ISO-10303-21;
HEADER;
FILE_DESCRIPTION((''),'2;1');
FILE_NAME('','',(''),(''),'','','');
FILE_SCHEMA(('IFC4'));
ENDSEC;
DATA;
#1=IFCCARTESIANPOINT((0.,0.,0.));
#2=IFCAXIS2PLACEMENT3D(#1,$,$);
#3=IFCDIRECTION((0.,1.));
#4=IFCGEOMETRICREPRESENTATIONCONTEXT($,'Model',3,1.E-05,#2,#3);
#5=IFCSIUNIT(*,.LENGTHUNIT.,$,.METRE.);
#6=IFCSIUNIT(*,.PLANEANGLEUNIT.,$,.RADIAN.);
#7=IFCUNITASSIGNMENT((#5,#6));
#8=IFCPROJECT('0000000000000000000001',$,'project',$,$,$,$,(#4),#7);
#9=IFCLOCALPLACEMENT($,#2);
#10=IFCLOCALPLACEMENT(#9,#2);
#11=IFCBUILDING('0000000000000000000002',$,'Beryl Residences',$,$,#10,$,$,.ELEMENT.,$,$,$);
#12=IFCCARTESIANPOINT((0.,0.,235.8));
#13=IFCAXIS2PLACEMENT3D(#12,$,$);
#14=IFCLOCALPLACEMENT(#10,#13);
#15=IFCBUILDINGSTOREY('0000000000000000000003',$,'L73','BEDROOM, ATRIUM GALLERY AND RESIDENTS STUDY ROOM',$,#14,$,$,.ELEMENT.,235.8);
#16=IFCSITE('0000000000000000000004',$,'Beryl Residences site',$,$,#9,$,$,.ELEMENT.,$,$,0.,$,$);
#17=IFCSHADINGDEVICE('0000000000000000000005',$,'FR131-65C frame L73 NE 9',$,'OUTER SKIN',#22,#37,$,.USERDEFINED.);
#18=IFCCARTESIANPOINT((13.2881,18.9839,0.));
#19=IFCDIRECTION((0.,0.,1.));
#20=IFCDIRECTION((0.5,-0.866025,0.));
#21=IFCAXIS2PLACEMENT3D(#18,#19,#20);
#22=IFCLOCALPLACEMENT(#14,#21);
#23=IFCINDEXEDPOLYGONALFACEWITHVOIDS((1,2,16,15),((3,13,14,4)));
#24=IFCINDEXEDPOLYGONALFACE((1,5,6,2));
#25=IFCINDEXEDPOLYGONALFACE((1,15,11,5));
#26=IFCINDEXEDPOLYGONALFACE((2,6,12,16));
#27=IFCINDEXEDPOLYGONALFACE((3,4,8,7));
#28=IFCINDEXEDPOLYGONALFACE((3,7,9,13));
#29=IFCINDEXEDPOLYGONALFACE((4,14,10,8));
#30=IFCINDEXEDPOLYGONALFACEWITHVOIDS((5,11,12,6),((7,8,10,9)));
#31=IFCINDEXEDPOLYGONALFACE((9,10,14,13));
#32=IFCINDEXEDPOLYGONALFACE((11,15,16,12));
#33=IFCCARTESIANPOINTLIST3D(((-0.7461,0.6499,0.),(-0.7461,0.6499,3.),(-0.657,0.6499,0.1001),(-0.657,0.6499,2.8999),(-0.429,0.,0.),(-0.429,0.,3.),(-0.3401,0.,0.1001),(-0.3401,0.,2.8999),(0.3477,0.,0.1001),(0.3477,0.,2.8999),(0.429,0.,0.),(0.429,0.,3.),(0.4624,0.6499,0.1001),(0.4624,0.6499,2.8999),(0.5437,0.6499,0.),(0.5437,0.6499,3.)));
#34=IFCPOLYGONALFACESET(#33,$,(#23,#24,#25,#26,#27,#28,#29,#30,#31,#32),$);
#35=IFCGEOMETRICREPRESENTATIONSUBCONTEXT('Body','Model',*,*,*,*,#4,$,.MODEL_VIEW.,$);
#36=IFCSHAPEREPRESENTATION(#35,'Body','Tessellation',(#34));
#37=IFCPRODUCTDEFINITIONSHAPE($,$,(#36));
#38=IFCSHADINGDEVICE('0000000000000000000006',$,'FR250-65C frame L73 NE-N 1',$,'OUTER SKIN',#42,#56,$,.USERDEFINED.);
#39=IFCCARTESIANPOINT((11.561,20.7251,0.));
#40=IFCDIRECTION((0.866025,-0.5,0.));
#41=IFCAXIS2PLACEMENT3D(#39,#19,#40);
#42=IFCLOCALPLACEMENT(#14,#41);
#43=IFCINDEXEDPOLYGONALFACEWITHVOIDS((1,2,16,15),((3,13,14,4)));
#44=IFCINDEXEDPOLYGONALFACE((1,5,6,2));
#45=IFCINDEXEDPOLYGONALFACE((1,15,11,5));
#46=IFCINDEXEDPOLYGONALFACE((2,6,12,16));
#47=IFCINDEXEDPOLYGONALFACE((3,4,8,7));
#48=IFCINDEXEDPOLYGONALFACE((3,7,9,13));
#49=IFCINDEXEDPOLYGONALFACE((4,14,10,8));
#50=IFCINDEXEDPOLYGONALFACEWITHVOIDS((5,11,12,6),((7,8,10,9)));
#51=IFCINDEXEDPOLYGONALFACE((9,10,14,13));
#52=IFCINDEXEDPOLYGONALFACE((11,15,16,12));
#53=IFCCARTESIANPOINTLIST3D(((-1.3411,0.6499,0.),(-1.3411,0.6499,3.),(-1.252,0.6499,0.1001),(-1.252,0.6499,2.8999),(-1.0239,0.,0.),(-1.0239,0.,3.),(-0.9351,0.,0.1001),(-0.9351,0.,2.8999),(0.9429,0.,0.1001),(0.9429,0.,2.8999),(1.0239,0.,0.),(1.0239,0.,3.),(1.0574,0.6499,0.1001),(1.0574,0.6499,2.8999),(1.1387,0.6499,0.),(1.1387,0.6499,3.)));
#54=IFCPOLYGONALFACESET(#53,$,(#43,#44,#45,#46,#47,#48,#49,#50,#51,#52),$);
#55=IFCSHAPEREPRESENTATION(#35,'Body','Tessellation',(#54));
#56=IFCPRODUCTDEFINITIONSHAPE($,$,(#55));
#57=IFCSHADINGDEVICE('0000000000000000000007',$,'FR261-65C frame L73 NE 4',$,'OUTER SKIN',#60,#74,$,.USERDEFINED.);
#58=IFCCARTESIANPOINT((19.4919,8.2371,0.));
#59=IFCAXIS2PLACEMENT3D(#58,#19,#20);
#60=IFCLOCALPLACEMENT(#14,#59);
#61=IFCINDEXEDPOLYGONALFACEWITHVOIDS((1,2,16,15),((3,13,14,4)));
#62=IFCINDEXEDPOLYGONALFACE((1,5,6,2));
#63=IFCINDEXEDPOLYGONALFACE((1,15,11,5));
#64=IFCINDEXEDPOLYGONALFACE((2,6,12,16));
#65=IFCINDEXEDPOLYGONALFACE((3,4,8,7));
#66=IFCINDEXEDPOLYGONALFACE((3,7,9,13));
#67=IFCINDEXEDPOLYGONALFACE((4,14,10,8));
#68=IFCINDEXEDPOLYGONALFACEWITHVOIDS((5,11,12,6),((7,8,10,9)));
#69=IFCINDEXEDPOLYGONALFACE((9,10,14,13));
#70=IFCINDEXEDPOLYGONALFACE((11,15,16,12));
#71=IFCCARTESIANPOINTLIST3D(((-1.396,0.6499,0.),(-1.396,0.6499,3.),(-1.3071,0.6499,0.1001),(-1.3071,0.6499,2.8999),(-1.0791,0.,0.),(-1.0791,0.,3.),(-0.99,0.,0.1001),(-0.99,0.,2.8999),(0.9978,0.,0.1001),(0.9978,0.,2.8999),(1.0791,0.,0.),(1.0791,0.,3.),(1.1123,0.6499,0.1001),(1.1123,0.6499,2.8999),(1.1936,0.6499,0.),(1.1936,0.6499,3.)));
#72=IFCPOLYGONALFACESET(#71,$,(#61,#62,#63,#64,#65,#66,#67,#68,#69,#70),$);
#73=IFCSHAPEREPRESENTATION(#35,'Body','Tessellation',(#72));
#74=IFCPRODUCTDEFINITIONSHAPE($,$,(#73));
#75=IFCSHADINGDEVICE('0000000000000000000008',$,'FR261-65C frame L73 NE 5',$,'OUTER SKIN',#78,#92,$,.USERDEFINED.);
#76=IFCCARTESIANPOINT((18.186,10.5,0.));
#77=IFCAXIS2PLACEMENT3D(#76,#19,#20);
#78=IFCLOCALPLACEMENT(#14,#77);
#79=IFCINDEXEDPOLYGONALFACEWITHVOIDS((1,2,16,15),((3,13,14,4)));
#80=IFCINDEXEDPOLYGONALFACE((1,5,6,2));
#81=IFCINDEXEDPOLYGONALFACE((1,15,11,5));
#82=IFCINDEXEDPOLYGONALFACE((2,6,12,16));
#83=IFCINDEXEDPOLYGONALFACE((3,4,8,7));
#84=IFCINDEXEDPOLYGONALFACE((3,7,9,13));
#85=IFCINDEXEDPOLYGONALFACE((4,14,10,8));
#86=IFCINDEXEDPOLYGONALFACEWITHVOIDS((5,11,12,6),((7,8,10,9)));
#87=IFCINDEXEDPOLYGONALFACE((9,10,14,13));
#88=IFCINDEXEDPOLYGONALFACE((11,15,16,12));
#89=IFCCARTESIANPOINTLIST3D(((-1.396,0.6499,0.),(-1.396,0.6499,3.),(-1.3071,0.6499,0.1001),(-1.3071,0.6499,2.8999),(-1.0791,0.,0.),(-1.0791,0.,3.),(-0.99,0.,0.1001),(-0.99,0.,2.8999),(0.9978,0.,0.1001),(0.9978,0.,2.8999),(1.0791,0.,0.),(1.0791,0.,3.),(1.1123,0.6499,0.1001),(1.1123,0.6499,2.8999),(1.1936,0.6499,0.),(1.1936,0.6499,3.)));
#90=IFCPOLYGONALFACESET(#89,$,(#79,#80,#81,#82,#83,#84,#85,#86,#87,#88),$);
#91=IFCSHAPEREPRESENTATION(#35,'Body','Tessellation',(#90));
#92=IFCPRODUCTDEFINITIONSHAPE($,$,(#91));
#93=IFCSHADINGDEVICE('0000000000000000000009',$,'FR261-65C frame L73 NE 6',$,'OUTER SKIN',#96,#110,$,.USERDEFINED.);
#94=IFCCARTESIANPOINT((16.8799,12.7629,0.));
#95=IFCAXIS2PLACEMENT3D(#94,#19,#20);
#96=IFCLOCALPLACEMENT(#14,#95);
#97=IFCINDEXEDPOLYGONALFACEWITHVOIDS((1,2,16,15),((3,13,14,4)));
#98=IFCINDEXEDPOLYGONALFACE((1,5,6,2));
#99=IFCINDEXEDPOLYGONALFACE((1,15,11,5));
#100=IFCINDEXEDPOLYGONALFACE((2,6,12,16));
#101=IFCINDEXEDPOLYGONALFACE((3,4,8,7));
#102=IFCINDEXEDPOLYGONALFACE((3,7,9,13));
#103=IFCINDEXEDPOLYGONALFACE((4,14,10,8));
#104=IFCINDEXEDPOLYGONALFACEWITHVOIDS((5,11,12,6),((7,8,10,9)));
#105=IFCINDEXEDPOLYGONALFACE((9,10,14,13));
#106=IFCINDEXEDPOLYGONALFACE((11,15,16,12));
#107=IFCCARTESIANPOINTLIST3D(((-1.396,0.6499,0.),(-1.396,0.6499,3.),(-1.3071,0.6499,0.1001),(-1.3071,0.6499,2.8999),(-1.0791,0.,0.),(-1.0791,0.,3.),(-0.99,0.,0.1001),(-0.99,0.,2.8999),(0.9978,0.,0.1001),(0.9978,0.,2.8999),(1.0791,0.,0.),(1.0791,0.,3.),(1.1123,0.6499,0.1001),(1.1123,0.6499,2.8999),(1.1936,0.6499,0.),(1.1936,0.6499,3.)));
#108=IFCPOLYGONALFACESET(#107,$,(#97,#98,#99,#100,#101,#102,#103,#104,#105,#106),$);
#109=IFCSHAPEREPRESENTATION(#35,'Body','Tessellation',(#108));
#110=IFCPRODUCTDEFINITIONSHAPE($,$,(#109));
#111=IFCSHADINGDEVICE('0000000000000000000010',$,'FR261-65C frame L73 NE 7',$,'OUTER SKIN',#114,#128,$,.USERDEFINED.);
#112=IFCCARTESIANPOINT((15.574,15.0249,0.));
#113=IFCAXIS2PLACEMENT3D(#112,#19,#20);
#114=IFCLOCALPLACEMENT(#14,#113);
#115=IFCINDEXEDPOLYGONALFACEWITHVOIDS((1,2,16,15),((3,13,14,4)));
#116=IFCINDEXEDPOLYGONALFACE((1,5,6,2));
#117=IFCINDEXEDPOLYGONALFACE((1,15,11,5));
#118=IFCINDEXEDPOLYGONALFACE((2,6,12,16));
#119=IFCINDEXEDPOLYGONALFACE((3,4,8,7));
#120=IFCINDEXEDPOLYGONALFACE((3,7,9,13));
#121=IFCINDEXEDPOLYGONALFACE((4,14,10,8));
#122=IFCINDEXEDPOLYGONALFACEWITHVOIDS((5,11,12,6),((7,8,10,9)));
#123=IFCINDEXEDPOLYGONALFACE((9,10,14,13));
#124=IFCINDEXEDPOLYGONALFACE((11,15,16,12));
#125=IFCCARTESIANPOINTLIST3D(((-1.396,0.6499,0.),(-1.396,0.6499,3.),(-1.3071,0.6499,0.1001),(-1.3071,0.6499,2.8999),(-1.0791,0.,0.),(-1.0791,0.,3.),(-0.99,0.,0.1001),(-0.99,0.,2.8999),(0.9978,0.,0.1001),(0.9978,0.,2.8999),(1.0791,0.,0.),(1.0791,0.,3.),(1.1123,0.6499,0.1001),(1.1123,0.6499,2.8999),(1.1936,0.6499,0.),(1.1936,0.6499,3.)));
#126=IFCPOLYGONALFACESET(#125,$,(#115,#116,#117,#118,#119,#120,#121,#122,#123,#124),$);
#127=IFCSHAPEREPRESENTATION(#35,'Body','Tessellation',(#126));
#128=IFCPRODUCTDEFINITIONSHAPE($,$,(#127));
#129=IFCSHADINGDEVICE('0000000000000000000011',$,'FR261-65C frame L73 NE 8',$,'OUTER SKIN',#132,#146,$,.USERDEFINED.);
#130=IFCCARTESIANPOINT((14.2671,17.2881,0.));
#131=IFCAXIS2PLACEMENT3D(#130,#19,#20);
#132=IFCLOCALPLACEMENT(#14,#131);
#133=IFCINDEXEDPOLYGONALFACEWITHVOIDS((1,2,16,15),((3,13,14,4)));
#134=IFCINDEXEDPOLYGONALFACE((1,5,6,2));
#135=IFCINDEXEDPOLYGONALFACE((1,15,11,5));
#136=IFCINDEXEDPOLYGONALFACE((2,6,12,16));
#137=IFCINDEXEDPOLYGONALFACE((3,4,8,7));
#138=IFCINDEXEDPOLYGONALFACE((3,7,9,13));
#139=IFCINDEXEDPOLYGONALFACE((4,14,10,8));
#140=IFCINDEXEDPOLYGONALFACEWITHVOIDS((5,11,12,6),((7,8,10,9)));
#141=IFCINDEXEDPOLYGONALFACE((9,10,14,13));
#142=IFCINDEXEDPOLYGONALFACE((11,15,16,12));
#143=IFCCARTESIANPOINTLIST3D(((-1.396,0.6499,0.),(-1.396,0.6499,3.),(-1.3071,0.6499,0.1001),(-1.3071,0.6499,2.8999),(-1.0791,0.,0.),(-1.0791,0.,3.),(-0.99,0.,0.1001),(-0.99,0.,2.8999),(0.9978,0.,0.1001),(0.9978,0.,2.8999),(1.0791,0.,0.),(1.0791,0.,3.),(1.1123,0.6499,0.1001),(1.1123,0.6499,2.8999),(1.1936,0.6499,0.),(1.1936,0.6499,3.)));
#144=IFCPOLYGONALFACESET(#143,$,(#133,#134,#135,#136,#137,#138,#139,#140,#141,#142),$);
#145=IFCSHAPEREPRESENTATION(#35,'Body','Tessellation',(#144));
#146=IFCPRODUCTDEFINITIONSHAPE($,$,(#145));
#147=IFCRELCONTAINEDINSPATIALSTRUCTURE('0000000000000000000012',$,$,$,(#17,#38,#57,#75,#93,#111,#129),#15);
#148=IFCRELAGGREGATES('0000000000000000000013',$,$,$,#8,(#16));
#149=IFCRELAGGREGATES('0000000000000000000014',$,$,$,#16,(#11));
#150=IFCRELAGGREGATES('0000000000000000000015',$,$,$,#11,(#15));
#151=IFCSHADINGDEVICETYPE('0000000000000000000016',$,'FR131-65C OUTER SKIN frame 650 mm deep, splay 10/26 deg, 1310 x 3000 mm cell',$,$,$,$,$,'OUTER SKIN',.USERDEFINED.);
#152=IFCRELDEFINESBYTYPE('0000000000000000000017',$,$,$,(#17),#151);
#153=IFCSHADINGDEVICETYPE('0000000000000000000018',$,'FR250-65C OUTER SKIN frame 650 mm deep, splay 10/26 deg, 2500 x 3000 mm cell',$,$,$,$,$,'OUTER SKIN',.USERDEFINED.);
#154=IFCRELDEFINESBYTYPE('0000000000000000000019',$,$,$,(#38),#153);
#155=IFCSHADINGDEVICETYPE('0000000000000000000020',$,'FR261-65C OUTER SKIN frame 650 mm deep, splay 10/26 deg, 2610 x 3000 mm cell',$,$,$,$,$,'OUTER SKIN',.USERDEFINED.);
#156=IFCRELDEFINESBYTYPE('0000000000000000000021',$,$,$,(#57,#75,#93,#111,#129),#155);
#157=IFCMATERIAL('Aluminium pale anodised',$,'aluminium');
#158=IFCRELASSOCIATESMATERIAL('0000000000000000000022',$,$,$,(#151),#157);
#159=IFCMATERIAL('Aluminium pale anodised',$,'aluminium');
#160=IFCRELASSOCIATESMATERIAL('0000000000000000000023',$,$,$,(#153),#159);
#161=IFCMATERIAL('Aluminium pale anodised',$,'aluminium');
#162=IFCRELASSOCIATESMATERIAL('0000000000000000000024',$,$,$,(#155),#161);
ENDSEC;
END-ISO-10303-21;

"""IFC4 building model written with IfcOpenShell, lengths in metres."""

from ifc_helpers import new_model, entity, si_unit, direction, frame, origin, place, context, subcontext, project, spatial, source, transform, mapped, material, type_object, type_shapes, element, save


model = new_model("IFC4")

# Units and contexts
model_context = context("Model", 3, precision=1e-05, world=origin(), true_north=direction((0.0, 1.0)))
body_context = subcontext(model_context, "Body", "Model", "MODEL_VIEW")
ifc_project = project(units=[si_unit("LENGTHUNIT", "METRE"), si_unit("PLANEANGLEUNIT", "RADIAN")], contexts=[model_context])

# Site, building, storey
site_placement = place(None, origin())
site = spatial("IfcSite", under=ifc_project, at=site_placement, Name="Beryl Residences site", CompositionType="ELEMENT", RefElevation=0.0)
building_placement = place(site_placement, origin())
building = spatial("IfcBuilding", under=site, at=building_placement, Name="Beryl Residences", CompositionType="ELEMENT")
storey_placement = place(building_placement, frame((0.0, 0.0, 235.8)))
storey = spatial("IfcBuildingStorey", under=building, at=storey_placement, Name="L73", Description="BEDROOM, ATRIUM GALLERY AND RESIDENTS STUDY ROOM", CompositionType="ELEMENT", Elevation=235.8)

# Shading devices
ifc_material_1 = material(Name="Aluminium pale anodised", Category="aluminium")
shading_device_type_1 = type_object("IfcShadingDeviceType", Name="FR131-65C OUTER SKIN frame 650 mm deep, splay 10/26 deg, 1310 x 3000 mm cell", ElementType="OUTER SKIN", PredefinedType="USERDEFINED", material=ifc_material_1)
cartesian_point_1 = entity("IfcCartesianPoint", [-0.429, 0.0])
cartesian_point_2 = entity("IfcCartesianPoint", [-0.3477, 0.1001])
cartesian_point_3 = entity("IfcCartesianPoint", [-0.5437, 0.0])
cartesian_point_4 = entity("IfcCartesianPoint", [-0.4624, 0.1001])
shared_shape_1 = source(origin(), body_context, "Body", "SweptSolid", [
    entity("IfcExtrudedAreaSolidTapered", entity("IfcArbitraryProfileDefWithVoids", "AREA", None, entity("IfcPolyline", [cartesian_point_1, entity("IfcCartesianPoint", [0.429, 0.0]), entity("IfcCartesianPoint", [0.429, 3.0]), entity("IfcCartesianPoint", [-0.429, 3.0]), cartesian_point_1]), [entity("IfcPolyline", [cartesian_point_2, entity("IfcCartesianPoint", [0.3401, 0.1001]), entity("IfcCartesianPoint", [0.3401, 2.8999]), entity("IfcCartesianPoint", [-0.3477, 2.8999]), cartesian_point_2])]), entity("IfcAxis2Placement3D", entity("IfcCartesianPoint", [0.0, 0.0, 0.0]), entity("IfcDirection", [0.0, 1.0, 0.0]), entity("IfcDirection", [-1.0, 0.0, 0.0])), entity("IfcDirection", [0.0, 0.0, 1.0]), 0.6499, entity("IfcArbitraryProfileDefWithVoids", "AREA", None, entity("IfcPolyline", [cartesian_point_3, entity("IfcCartesianPoint", [0.7461, 0.0]), entity("IfcCartesianPoint", [0.7461, 3.0]), entity("IfcCartesianPoint", [-0.5437, 3.0]), cartesian_point_3]), [entity("IfcPolyline", [cartesian_point_4, entity("IfcCartesianPoint", [0.657, 0.1001]), entity("IfcCartesianPoint", [0.657, 2.8999]), entity("IfcCartesianPoint", [-0.4624, 2.8999]), cartesian_point_4])])),
])
type_shapes(shading_device_type_1, [shared_shape_1])
shading_device_1_placement = place(storey_placement, frame((13.2881, 18.9839, 0.0), z_axis=(0.0, 0.0, 1.0), x_axis=(0.5, -0.866025, 0.0)))
element("IfcShadingDevice", 1, at=shading_device_1_placement, inside=storey, type_object=shading_device_type_1, Name="FR131-65C frame L73 NE 9", ObjectType="OUTER SKIN", PredefinedType="USERDEFINED", context=body_context, shape_type="MappedRepresentation", body=[
    mapped(shared_shape_1, transform((0.0, 0.0, 0.0))),
])
ifc_material_2 = material(Name="Aluminium pale anodised", Category="aluminium")
shading_device_type_2 = type_object("IfcShadingDeviceType", Name="FR250-65C OUTER SKIN frame 650 mm deep, splay 10/26 deg, 2500 x 3000 mm cell", ElementType="OUTER SKIN", PredefinedType="USERDEFINED", material=ifc_material_2)
cartesian_point_5 = entity("IfcCartesianPoint", [-1.0239, 0.0])
cartesian_point_6 = entity("IfcCartesianPoint", [-0.9429, 0.1001])
cartesian_point_7 = entity("IfcCartesianPoint", [-1.1387, 0.0])
cartesian_point_8 = entity("IfcCartesianPoint", [-1.0574, 0.1001])
shared_shape_2 = source(origin(), body_context, "Body", "SweptSolid", [
    entity("IfcExtrudedAreaSolidTapered", entity("IfcArbitraryProfileDefWithVoids", "AREA", None, entity("IfcPolyline", [cartesian_point_5, entity("IfcCartesianPoint", [1.0239, 0.0]), entity("IfcCartesianPoint", [1.0239, 3.0]), entity("IfcCartesianPoint", [-1.0239, 3.0]), cartesian_point_5]), [entity("IfcPolyline", [cartesian_point_6, entity("IfcCartesianPoint", [0.9351, 0.1001]), entity("IfcCartesianPoint", [0.9351, 2.8999]), entity("IfcCartesianPoint", [-0.9429, 2.8999]), cartesian_point_6])]), entity("IfcAxis2Placement3D", entity("IfcCartesianPoint", [0.0, 0.0, 0.0]), entity("IfcDirection", [0.0, 1.0, 0.0]), entity("IfcDirection", [-1.0, 0.0, 0.0])), entity("IfcDirection", [0.0, 0.0, 1.0]), 0.6499, entity("IfcArbitraryProfileDefWithVoids", "AREA", None, entity("IfcPolyline", [cartesian_point_7, entity("IfcCartesianPoint", [1.3411, 0.0]), entity("IfcCartesianPoint", [1.3411, 3.0]), entity("IfcCartesianPoint", [-1.1387, 3.0]), cartesian_point_7]), [entity("IfcPolyline", [cartesian_point_8, entity("IfcCartesianPoint", [1.252, 0.1001]), entity("IfcCartesianPoint", [1.252, 2.8999]), entity("IfcCartesianPoint", [-1.0574, 2.8999]), cartesian_point_8])])),
])
type_shapes(shading_device_type_2, [shared_shape_2])
shading_device_2_placement = place(storey_placement, frame((11.561, 20.7251, 0.0), z_axis=(0.0, 0.0, 1.0), x_axis=(0.866025, -0.5, 0.0)))
element("IfcShadingDevice", 2, at=shading_device_2_placement, inside=storey, type_object=shading_device_type_2, Name="FR250-65C frame L73 NE-N 1", ObjectType="OUTER SKIN", PredefinedType="USERDEFINED", context=body_context, shape_type="MappedRepresentation", body=[
    mapped(shared_shape_2, transform((0.0, 0.0, 0.0))),
])
ifc_material_3 = material(Name="Aluminium pale anodised", Category="aluminium")
shading_device_type_3 = type_object("IfcShadingDeviceType", Name="FR261-65C OUTER SKIN frame 650 mm deep, splay 10/26 deg, 2610 x 3000 mm cell", ElementType="OUTER SKIN", PredefinedType="USERDEFINED", material=ifc_material_3)
cartesian_point_9 = entity("IfcCartesianPoint", [-1.0791, 0.0])
cartesian_point_10 = entity("IfcCartesianPoint", [-0.9978, 0.1001])
cartesian_point_11 = entity("IfcCartesianPoint", [-1.1936, 0.0])
cartesian_point_12 = entity("IfcCartesianPoint", [-1.1123, 0.1001])
shared_shape_3 = source(origin(), body_context, "Body", "SweptSolid", [
    entity("IfcExtrudedAreaSolidTapered", entity("IfcArbitraryProfileDefWithVoids", "AREA", None, entity("IfcPolyline", [cartesian_point_9, entity("IfcCartesianPoint", [1.0791, 0.0]), entity("IfcCartesianPoint", [1.0791, 3.0]), entity("IfcCartesianPoint", [-1.0791, 3.0]), cartesian_point_9]), [entity("IfcPolyline", [cartesian_point_10, entity("IfcCartesianPoint", [0.99, 0.1001]), entity("IfcCartesianPoint", [0.99, 2.8999]), entity("IfcCartesianPoint", [-0.9978, 2.8999]), cartesian_point_10])]), entity("IfcAxis2Placement3D", entity("IfcCartesianPoint", [0.0, 0.0, 0.0]), entity("IfcDirection", [0.0, 1.0, 0.0]), entity("IfcDirection", [-1.0, 0.0, 0.0])), entity("IfcDirection", [0.0, 0.0, 1.0]), 0.6499, entity("IfcArbitraryProfileDefWithVoids", "AREA", None, entity("IfcPolyline", [cartesian_point_11, entity("IfcCartesianPoint", [1.396, 0.0]), entity("IfcCartesianPoint", [1.396, 3.0]), entity("IfcCartesianPoint", [-1.1936, 3.0]), cartesian_point_11]), [entity("IfcPolyline", [cartesian_point_12, entity("IfcCartesianPoint", [1.3071, 0.1001]), entity("IfcCartesianPoint", [1.3071, 2.8999]), entity("IfcCartesianPoint", [-1.1123, 2.8999]), cartesian_point_12])])),
])
type_shapes(shading_device_type_3, [shared_shape_3])
for number, where, z_axis, x_axis, name in (
    (3, (19.4919, 8.2371, 0.0), (0.0, 0.0, 1.0), (0.5, -0.866025, 0.0), "FR261-65C frame L73 NE 4"),
    (4, (18.186, 10.5, 0.0), (0.0, 0.0, 1.0), (0.5, -0.866025, 0.0), "FR261-65C frame L73 NE 5"),
    (5, (16.8799, 12.7629, 0.0), (0.0, 0.0, 1.0), (0.5, -0.866025, 0.0), "FR261-65C frame L73 NE 6"),
    (6, (15.574, 15.0249, 0.0), (0.0, 0.0, 1.0), (0.5, -0.866025, 0.0), "FR261-65C frame L73 NE 7"),
    (7, (14.2671, 17.2881, 0.0), (0.0, 0.0, 1.0), (0.5, -0.866025, 0.0), "FR261-65C frame L73 NE 8"),
):
    element("IfcShadingDevice", number, at=place(storey_placement, frame(where, z_axis=z_axis, x_axis=x_axis)), inside=storey, type_object=shading_device_type_3, Name=name, ObjectType="OUTER SKIN", PredefinedType="USERDEFINED", context=body_context, shape_type="MappedRepresentation", body=[
        mapped(shared_shape_3, transform((0.0, 0.0, 0.0))),
    ])

save(model, "model.ifc")
